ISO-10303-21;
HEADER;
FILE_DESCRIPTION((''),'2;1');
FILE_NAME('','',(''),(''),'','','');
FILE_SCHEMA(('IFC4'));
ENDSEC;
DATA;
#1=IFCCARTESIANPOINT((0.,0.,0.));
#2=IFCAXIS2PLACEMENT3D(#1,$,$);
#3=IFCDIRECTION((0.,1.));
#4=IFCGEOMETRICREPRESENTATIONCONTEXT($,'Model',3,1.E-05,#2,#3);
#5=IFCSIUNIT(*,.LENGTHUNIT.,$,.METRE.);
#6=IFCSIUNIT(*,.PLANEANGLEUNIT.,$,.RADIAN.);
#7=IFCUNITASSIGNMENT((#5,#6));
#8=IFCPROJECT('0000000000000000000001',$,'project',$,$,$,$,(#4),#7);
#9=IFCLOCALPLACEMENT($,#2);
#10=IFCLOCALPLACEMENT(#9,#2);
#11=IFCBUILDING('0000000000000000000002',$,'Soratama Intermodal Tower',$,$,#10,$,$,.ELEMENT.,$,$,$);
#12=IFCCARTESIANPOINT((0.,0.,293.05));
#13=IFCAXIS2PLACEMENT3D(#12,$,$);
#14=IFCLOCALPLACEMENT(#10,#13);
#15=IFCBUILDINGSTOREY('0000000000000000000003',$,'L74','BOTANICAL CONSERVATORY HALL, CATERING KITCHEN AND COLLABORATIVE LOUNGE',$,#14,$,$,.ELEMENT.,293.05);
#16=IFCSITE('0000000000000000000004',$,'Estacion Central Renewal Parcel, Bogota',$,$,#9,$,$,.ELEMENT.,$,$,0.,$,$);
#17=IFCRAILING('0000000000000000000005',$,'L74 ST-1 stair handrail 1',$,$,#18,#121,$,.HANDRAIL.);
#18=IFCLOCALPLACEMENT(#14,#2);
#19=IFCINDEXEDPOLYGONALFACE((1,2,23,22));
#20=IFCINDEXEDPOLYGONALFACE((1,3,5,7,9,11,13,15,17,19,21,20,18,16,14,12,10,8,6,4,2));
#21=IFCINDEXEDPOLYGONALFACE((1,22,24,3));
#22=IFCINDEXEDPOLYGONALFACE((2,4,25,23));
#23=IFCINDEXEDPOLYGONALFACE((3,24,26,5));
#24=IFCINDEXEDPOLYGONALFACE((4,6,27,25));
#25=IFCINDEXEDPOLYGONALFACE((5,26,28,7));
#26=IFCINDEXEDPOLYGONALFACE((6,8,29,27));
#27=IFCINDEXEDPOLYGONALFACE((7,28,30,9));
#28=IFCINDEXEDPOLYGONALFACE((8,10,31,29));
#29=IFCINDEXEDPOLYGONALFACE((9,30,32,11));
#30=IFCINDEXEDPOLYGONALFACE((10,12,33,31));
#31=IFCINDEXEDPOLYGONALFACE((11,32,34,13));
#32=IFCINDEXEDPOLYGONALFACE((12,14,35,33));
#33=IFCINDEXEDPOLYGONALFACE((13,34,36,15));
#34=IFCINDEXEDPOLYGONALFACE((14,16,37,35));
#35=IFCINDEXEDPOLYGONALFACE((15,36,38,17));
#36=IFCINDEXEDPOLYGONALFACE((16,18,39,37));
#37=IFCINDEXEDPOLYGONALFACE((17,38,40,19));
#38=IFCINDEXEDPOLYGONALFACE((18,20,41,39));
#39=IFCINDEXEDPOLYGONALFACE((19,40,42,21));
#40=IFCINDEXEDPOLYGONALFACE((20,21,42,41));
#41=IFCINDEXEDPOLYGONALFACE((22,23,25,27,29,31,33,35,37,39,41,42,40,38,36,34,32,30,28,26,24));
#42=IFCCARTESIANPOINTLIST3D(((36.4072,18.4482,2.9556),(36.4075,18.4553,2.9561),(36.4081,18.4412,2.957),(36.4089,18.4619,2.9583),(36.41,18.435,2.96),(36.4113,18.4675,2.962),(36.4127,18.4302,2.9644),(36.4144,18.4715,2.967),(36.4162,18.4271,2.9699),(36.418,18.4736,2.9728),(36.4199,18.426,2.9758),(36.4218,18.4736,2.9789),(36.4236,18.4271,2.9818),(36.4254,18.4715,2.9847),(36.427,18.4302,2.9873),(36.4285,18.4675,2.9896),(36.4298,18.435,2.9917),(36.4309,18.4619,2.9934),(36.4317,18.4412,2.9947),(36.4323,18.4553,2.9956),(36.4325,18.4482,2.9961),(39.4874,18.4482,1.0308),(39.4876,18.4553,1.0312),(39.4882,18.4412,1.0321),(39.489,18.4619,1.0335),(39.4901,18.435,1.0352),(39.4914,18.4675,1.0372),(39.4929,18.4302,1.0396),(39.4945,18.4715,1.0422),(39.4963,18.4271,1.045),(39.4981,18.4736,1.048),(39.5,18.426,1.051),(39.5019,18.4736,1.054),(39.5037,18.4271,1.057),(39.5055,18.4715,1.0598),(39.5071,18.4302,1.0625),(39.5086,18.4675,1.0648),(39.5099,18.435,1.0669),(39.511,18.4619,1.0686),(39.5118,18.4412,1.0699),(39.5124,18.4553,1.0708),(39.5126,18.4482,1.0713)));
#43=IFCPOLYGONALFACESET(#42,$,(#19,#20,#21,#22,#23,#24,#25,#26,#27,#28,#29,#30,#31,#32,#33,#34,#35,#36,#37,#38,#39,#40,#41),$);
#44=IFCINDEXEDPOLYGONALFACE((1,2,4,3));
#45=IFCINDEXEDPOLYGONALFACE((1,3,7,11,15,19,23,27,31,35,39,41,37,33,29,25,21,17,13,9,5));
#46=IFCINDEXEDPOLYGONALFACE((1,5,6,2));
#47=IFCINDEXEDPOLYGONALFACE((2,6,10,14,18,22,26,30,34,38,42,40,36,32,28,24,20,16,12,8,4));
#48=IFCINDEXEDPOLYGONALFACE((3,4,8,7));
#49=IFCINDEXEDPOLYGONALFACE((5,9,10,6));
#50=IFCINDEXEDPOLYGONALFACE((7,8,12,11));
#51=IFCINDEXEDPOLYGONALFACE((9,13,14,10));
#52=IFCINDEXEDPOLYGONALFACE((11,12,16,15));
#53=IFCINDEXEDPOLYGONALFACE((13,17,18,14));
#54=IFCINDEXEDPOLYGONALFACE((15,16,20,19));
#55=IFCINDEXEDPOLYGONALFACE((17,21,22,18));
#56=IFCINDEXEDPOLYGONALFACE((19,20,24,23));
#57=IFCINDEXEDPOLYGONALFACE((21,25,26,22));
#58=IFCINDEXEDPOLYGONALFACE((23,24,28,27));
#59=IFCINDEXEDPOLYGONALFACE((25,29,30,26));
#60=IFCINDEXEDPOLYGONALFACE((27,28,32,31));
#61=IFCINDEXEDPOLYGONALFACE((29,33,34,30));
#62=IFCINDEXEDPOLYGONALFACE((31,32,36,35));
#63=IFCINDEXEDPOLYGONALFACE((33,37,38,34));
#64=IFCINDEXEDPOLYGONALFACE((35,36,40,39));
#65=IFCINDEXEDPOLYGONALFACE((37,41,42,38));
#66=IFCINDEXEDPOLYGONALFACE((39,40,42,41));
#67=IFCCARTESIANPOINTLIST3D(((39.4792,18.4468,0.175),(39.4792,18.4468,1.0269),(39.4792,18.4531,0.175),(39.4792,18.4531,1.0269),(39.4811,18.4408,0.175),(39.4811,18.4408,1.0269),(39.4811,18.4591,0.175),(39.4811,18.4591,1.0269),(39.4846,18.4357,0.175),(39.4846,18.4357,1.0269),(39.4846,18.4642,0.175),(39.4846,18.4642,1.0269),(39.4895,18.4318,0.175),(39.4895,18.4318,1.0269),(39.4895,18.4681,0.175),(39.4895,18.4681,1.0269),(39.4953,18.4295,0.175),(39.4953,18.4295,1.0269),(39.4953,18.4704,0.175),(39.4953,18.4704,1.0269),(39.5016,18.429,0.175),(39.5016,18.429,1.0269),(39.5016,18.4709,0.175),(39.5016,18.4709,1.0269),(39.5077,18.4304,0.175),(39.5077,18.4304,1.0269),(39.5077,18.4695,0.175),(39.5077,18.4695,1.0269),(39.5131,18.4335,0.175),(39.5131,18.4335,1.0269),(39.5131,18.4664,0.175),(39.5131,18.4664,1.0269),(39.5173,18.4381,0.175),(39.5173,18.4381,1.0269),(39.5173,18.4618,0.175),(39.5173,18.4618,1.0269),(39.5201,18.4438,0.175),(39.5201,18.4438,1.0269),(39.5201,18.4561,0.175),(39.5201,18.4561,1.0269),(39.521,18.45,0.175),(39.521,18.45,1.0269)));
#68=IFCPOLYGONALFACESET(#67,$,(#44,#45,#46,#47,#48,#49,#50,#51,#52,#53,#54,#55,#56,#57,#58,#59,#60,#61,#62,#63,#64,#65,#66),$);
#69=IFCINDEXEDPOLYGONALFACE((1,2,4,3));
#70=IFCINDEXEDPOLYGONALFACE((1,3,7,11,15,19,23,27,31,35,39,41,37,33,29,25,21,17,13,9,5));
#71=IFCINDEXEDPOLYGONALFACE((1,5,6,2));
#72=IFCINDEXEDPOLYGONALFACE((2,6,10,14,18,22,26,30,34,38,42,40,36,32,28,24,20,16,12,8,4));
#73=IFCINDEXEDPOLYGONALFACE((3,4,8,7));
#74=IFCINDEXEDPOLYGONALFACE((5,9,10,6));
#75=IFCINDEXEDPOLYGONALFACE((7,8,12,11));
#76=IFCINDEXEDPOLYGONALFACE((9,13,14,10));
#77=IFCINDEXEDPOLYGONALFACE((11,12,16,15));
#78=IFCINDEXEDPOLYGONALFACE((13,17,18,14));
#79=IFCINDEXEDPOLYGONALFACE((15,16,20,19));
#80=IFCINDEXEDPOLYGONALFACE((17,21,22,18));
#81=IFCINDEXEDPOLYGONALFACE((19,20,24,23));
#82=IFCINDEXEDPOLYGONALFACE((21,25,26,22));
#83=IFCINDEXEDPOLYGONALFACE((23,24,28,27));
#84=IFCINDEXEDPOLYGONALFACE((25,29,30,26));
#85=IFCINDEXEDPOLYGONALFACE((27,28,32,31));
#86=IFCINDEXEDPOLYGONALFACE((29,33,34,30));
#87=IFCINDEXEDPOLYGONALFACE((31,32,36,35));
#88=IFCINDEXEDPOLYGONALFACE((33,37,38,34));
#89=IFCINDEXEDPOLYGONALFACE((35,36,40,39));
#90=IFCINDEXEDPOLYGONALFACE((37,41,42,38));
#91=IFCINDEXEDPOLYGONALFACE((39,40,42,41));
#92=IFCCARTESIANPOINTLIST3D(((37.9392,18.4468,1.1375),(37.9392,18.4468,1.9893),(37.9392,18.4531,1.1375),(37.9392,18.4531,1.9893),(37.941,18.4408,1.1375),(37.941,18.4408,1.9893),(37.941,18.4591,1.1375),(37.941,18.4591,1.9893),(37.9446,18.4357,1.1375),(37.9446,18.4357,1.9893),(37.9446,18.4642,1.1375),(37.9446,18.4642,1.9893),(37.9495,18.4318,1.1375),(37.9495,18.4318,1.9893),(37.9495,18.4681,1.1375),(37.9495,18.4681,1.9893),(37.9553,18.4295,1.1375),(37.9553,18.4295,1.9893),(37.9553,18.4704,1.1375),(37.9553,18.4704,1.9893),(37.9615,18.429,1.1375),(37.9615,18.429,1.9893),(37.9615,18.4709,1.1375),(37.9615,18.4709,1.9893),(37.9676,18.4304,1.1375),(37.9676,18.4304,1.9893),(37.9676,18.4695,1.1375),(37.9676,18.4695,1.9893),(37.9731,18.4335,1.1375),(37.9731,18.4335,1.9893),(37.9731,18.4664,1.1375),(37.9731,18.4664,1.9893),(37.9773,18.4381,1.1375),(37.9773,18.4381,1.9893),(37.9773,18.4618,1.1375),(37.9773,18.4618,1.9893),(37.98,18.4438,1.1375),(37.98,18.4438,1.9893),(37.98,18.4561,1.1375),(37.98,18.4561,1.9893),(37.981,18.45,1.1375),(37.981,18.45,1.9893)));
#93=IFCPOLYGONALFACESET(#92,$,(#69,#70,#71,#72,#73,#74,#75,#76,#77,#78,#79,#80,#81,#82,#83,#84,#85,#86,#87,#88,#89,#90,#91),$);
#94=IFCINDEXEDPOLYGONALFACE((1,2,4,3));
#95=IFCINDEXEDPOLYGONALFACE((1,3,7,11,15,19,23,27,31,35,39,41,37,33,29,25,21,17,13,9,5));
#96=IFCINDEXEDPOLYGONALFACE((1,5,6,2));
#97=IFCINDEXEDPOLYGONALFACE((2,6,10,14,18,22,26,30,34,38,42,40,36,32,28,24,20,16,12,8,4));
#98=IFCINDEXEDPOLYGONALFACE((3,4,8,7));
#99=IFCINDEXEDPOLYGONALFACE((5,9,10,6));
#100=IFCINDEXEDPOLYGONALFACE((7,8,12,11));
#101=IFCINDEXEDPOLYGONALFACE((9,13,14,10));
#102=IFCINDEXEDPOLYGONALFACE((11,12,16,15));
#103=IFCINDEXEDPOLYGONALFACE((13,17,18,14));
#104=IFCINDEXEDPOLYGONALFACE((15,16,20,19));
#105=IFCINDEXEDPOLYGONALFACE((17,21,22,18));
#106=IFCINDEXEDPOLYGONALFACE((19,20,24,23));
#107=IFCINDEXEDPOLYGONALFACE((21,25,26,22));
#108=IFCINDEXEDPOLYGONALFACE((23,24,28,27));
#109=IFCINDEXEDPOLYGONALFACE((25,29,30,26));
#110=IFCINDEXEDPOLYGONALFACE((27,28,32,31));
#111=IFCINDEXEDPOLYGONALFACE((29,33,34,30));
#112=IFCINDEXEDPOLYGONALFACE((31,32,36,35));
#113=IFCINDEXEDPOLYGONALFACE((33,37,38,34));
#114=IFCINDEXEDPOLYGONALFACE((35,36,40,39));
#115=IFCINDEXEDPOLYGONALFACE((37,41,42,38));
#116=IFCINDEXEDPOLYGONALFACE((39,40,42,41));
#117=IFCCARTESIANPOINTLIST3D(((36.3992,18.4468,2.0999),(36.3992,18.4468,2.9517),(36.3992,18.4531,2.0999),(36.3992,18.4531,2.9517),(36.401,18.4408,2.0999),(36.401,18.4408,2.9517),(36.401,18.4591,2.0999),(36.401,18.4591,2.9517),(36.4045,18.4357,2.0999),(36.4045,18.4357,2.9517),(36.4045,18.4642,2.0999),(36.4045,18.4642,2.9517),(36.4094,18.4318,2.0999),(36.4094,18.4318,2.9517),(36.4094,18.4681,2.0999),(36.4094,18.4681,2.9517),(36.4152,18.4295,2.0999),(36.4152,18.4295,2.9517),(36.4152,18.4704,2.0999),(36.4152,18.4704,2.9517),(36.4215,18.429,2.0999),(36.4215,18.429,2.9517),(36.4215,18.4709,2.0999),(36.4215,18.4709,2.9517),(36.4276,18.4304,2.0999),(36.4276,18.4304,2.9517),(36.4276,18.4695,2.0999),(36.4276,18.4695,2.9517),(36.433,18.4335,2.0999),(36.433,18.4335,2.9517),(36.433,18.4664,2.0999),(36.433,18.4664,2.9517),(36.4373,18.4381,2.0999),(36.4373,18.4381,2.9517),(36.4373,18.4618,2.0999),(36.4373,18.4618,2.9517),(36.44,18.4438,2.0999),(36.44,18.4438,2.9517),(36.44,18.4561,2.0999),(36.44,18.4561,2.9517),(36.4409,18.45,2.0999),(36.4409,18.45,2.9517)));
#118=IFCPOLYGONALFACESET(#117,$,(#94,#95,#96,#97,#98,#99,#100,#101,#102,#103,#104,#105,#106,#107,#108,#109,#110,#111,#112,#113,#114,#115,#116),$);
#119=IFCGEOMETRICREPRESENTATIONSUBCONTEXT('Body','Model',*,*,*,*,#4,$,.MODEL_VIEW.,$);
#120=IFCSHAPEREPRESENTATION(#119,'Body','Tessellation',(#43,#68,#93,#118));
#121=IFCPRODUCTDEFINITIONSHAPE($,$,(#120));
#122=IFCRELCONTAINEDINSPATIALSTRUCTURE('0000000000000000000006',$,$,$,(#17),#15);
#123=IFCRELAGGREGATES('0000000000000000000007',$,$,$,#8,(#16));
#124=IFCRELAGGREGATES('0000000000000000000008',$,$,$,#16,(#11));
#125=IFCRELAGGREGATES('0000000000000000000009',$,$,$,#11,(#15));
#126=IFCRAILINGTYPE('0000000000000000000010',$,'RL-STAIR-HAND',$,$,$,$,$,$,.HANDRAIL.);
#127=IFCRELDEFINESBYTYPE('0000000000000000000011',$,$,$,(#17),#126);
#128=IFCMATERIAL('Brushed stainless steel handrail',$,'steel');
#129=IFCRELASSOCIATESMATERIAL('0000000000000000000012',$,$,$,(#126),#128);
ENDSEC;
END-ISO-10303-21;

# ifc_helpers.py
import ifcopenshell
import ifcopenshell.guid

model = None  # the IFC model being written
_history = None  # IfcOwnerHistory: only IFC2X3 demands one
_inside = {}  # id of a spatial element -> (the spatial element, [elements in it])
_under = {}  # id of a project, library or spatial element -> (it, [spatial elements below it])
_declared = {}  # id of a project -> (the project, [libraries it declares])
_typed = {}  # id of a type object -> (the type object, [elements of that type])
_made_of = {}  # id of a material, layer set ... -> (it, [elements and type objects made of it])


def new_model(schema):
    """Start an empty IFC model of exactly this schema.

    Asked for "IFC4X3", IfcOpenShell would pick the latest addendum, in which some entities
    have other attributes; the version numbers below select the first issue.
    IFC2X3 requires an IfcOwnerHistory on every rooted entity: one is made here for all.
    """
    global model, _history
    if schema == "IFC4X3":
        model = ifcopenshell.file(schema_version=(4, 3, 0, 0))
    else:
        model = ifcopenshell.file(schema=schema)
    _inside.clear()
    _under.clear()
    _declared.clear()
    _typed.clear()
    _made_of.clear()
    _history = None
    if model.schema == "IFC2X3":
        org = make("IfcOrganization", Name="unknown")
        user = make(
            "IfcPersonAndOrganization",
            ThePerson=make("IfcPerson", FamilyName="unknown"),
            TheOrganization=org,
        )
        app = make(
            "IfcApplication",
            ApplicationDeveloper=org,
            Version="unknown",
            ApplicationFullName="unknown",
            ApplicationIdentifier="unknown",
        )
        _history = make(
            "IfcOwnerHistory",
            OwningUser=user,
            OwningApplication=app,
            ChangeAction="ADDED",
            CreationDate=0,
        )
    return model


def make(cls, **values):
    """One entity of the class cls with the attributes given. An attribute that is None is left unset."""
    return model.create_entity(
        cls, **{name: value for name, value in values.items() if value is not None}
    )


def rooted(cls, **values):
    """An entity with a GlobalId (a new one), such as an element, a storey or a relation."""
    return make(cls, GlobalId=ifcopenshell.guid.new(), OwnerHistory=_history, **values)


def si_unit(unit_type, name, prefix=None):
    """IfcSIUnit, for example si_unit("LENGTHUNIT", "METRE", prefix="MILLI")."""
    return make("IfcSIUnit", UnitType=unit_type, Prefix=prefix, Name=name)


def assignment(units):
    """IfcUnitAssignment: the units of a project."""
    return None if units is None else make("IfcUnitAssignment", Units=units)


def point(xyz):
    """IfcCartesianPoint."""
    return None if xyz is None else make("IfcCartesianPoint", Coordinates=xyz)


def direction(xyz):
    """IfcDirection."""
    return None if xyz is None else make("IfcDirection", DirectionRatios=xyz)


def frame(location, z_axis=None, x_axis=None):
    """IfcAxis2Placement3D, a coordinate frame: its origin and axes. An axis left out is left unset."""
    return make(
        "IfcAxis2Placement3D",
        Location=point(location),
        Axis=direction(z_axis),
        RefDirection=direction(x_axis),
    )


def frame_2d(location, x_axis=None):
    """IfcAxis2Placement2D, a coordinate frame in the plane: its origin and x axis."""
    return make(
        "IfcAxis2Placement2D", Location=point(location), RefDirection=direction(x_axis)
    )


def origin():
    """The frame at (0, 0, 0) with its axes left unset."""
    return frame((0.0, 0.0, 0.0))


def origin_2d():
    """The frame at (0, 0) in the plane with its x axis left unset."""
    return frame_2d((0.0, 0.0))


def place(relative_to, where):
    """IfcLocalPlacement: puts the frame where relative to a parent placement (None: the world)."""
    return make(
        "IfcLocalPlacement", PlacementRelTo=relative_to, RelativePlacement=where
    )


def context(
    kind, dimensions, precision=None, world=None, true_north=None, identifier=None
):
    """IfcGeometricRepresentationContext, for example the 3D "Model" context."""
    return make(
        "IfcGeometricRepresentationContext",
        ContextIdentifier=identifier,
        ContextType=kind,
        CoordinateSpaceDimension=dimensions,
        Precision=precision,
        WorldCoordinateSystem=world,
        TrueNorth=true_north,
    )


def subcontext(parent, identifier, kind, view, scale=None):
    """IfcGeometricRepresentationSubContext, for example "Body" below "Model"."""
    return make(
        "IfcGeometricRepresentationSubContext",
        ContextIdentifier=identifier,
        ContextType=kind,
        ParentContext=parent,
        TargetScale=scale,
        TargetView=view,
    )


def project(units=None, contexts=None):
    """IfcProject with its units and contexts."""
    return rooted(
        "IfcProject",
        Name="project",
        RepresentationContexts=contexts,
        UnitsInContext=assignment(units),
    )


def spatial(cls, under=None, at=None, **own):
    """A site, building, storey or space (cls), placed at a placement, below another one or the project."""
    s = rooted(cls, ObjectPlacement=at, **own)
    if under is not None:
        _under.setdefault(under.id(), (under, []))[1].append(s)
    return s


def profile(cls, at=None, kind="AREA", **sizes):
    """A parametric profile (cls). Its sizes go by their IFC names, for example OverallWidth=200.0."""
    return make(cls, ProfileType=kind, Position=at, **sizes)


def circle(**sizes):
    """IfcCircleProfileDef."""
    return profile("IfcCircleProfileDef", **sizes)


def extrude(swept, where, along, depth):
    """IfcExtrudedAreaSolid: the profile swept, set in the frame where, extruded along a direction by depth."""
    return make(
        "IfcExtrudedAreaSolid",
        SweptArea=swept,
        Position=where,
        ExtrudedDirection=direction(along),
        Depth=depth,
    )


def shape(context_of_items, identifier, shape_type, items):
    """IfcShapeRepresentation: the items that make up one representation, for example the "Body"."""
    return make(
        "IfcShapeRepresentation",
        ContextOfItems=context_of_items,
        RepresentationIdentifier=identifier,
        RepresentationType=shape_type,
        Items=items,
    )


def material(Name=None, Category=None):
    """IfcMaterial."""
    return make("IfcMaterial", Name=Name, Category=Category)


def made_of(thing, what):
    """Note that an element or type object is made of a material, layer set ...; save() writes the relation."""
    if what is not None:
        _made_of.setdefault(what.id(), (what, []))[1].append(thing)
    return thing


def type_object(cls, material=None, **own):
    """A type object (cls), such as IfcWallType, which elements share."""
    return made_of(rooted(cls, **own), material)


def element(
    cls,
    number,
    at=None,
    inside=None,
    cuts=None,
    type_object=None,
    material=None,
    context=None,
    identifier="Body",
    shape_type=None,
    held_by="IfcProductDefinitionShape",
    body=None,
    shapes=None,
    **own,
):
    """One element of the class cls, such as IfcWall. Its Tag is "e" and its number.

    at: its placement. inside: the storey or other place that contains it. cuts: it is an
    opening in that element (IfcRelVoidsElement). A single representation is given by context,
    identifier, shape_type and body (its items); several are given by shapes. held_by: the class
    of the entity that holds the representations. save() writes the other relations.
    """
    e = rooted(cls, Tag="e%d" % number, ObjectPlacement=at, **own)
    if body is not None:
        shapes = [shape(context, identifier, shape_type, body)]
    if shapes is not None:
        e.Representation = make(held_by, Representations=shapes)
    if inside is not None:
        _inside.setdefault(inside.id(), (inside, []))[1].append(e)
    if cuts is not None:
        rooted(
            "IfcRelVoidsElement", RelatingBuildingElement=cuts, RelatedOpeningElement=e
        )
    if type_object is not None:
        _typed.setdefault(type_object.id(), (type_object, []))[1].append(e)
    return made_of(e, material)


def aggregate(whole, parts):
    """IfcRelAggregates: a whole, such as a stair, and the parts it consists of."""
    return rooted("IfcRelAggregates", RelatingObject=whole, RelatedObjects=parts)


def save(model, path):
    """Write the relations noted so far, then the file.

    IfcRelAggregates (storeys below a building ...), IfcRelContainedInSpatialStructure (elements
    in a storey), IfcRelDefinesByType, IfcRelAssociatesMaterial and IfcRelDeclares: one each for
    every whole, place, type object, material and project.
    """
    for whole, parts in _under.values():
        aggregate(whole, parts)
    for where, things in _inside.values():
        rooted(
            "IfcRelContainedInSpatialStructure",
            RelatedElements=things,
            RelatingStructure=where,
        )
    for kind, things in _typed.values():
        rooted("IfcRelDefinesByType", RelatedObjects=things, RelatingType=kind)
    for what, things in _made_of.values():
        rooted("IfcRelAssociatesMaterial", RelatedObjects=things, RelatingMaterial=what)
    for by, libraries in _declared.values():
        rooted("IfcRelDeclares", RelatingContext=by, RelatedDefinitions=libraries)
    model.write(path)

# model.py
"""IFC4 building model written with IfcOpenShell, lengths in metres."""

from ifc_helpers import new_model, si_unit, direction, frame, origin, origin_2d, place, context, subcontext, project, spatial, circle, extrude, material, type_object, element, save


model = new_model("IFC4")

# Units and contexts
model_context = context("Model", 3, precision=1e-05, world=origin(), true_north=direction((0.0, 1.0)))
body_context = subcontext(model_context, "Body", "Model", "MODEL_VIEW")
ifc_project = project(units=[si_unit("LENGTHUNIT", "METRE"), si_unit("PLANEANGLEUNIT", "RADIAN")], contexts=[model_context])

# Site, building, storey
site_placement = place(None, origin())
site = spatial("IfcSite", under=ifc_project, at=site_placement, Name="Estacion Central Renewal Parcel, Bogota", CompositionType="ELEMENT", RefElevation=0.0)
building_placement = place(site_placement, origin())
building = spatial("IfcBuilding", under=site, at=building_placement, Name="Soratama Intermodal Tower", CompositionType="ELEMENT")
storey_placement = place(building_placement, frame((0.0, 0.0, 293.05)))
storey = spatial("IfcBuildingStorey", under=building, at=storey_placement, Name="L74", Description="BOTANICAL CONSERVATORY HALL, CATERING KITCHEN AND COLLABORATIVE LOUNGE", CompositionType="ELEMENT", Elevation=293.05)

# Railing
ifc_material_1 = material(Name="Brushed stainless steel handrail", Category="steel")
railing_type_1 = type_object("IfcRailingType", Name="RL-STAIR-HAND", PredefinedType="HANDRAIL", material=ifc_material_1)
railing_1_placement = place(storey_placement, frame((39.5, 18.45, 0.175)))
element("IfcRailing", 1, at=railing_1_placement, inside=storey, type_object=railing_type_1, Name="L74 ST-1 stair handrail 1", PredefinedType="HANDRAIL", context=body_context, shape_type="SweptSolid", body=[
    extrude(circle(Radius=0.0239, at=origin_2d()), frame((0.0, 0.0, 0.876), z_axis=(-0.848029, 0.0, 0.529951), x_axis=(0.0, -1.0, 0.0)), (0.0, 0.0, 1.0), 3.6321),
    extrude(circle(Radius=0.021, at=origin_2d()), origin(), (0.0, 0.0, 1.0), 0.8518),
    extrude(circle(Radius=0.021, at=origin_2d()), frame((-1.54, 0.0, 0.9624)), (0.0, 0.0, 1.0), 0.8518),
    extrude(circle(Radius=0.021, at=origin_2d()), frame((-3.0801, 0.0, 1.9248)), (0.0, 0.0, 1.0), 0.8518),
])

save(model, "model.ifc")
